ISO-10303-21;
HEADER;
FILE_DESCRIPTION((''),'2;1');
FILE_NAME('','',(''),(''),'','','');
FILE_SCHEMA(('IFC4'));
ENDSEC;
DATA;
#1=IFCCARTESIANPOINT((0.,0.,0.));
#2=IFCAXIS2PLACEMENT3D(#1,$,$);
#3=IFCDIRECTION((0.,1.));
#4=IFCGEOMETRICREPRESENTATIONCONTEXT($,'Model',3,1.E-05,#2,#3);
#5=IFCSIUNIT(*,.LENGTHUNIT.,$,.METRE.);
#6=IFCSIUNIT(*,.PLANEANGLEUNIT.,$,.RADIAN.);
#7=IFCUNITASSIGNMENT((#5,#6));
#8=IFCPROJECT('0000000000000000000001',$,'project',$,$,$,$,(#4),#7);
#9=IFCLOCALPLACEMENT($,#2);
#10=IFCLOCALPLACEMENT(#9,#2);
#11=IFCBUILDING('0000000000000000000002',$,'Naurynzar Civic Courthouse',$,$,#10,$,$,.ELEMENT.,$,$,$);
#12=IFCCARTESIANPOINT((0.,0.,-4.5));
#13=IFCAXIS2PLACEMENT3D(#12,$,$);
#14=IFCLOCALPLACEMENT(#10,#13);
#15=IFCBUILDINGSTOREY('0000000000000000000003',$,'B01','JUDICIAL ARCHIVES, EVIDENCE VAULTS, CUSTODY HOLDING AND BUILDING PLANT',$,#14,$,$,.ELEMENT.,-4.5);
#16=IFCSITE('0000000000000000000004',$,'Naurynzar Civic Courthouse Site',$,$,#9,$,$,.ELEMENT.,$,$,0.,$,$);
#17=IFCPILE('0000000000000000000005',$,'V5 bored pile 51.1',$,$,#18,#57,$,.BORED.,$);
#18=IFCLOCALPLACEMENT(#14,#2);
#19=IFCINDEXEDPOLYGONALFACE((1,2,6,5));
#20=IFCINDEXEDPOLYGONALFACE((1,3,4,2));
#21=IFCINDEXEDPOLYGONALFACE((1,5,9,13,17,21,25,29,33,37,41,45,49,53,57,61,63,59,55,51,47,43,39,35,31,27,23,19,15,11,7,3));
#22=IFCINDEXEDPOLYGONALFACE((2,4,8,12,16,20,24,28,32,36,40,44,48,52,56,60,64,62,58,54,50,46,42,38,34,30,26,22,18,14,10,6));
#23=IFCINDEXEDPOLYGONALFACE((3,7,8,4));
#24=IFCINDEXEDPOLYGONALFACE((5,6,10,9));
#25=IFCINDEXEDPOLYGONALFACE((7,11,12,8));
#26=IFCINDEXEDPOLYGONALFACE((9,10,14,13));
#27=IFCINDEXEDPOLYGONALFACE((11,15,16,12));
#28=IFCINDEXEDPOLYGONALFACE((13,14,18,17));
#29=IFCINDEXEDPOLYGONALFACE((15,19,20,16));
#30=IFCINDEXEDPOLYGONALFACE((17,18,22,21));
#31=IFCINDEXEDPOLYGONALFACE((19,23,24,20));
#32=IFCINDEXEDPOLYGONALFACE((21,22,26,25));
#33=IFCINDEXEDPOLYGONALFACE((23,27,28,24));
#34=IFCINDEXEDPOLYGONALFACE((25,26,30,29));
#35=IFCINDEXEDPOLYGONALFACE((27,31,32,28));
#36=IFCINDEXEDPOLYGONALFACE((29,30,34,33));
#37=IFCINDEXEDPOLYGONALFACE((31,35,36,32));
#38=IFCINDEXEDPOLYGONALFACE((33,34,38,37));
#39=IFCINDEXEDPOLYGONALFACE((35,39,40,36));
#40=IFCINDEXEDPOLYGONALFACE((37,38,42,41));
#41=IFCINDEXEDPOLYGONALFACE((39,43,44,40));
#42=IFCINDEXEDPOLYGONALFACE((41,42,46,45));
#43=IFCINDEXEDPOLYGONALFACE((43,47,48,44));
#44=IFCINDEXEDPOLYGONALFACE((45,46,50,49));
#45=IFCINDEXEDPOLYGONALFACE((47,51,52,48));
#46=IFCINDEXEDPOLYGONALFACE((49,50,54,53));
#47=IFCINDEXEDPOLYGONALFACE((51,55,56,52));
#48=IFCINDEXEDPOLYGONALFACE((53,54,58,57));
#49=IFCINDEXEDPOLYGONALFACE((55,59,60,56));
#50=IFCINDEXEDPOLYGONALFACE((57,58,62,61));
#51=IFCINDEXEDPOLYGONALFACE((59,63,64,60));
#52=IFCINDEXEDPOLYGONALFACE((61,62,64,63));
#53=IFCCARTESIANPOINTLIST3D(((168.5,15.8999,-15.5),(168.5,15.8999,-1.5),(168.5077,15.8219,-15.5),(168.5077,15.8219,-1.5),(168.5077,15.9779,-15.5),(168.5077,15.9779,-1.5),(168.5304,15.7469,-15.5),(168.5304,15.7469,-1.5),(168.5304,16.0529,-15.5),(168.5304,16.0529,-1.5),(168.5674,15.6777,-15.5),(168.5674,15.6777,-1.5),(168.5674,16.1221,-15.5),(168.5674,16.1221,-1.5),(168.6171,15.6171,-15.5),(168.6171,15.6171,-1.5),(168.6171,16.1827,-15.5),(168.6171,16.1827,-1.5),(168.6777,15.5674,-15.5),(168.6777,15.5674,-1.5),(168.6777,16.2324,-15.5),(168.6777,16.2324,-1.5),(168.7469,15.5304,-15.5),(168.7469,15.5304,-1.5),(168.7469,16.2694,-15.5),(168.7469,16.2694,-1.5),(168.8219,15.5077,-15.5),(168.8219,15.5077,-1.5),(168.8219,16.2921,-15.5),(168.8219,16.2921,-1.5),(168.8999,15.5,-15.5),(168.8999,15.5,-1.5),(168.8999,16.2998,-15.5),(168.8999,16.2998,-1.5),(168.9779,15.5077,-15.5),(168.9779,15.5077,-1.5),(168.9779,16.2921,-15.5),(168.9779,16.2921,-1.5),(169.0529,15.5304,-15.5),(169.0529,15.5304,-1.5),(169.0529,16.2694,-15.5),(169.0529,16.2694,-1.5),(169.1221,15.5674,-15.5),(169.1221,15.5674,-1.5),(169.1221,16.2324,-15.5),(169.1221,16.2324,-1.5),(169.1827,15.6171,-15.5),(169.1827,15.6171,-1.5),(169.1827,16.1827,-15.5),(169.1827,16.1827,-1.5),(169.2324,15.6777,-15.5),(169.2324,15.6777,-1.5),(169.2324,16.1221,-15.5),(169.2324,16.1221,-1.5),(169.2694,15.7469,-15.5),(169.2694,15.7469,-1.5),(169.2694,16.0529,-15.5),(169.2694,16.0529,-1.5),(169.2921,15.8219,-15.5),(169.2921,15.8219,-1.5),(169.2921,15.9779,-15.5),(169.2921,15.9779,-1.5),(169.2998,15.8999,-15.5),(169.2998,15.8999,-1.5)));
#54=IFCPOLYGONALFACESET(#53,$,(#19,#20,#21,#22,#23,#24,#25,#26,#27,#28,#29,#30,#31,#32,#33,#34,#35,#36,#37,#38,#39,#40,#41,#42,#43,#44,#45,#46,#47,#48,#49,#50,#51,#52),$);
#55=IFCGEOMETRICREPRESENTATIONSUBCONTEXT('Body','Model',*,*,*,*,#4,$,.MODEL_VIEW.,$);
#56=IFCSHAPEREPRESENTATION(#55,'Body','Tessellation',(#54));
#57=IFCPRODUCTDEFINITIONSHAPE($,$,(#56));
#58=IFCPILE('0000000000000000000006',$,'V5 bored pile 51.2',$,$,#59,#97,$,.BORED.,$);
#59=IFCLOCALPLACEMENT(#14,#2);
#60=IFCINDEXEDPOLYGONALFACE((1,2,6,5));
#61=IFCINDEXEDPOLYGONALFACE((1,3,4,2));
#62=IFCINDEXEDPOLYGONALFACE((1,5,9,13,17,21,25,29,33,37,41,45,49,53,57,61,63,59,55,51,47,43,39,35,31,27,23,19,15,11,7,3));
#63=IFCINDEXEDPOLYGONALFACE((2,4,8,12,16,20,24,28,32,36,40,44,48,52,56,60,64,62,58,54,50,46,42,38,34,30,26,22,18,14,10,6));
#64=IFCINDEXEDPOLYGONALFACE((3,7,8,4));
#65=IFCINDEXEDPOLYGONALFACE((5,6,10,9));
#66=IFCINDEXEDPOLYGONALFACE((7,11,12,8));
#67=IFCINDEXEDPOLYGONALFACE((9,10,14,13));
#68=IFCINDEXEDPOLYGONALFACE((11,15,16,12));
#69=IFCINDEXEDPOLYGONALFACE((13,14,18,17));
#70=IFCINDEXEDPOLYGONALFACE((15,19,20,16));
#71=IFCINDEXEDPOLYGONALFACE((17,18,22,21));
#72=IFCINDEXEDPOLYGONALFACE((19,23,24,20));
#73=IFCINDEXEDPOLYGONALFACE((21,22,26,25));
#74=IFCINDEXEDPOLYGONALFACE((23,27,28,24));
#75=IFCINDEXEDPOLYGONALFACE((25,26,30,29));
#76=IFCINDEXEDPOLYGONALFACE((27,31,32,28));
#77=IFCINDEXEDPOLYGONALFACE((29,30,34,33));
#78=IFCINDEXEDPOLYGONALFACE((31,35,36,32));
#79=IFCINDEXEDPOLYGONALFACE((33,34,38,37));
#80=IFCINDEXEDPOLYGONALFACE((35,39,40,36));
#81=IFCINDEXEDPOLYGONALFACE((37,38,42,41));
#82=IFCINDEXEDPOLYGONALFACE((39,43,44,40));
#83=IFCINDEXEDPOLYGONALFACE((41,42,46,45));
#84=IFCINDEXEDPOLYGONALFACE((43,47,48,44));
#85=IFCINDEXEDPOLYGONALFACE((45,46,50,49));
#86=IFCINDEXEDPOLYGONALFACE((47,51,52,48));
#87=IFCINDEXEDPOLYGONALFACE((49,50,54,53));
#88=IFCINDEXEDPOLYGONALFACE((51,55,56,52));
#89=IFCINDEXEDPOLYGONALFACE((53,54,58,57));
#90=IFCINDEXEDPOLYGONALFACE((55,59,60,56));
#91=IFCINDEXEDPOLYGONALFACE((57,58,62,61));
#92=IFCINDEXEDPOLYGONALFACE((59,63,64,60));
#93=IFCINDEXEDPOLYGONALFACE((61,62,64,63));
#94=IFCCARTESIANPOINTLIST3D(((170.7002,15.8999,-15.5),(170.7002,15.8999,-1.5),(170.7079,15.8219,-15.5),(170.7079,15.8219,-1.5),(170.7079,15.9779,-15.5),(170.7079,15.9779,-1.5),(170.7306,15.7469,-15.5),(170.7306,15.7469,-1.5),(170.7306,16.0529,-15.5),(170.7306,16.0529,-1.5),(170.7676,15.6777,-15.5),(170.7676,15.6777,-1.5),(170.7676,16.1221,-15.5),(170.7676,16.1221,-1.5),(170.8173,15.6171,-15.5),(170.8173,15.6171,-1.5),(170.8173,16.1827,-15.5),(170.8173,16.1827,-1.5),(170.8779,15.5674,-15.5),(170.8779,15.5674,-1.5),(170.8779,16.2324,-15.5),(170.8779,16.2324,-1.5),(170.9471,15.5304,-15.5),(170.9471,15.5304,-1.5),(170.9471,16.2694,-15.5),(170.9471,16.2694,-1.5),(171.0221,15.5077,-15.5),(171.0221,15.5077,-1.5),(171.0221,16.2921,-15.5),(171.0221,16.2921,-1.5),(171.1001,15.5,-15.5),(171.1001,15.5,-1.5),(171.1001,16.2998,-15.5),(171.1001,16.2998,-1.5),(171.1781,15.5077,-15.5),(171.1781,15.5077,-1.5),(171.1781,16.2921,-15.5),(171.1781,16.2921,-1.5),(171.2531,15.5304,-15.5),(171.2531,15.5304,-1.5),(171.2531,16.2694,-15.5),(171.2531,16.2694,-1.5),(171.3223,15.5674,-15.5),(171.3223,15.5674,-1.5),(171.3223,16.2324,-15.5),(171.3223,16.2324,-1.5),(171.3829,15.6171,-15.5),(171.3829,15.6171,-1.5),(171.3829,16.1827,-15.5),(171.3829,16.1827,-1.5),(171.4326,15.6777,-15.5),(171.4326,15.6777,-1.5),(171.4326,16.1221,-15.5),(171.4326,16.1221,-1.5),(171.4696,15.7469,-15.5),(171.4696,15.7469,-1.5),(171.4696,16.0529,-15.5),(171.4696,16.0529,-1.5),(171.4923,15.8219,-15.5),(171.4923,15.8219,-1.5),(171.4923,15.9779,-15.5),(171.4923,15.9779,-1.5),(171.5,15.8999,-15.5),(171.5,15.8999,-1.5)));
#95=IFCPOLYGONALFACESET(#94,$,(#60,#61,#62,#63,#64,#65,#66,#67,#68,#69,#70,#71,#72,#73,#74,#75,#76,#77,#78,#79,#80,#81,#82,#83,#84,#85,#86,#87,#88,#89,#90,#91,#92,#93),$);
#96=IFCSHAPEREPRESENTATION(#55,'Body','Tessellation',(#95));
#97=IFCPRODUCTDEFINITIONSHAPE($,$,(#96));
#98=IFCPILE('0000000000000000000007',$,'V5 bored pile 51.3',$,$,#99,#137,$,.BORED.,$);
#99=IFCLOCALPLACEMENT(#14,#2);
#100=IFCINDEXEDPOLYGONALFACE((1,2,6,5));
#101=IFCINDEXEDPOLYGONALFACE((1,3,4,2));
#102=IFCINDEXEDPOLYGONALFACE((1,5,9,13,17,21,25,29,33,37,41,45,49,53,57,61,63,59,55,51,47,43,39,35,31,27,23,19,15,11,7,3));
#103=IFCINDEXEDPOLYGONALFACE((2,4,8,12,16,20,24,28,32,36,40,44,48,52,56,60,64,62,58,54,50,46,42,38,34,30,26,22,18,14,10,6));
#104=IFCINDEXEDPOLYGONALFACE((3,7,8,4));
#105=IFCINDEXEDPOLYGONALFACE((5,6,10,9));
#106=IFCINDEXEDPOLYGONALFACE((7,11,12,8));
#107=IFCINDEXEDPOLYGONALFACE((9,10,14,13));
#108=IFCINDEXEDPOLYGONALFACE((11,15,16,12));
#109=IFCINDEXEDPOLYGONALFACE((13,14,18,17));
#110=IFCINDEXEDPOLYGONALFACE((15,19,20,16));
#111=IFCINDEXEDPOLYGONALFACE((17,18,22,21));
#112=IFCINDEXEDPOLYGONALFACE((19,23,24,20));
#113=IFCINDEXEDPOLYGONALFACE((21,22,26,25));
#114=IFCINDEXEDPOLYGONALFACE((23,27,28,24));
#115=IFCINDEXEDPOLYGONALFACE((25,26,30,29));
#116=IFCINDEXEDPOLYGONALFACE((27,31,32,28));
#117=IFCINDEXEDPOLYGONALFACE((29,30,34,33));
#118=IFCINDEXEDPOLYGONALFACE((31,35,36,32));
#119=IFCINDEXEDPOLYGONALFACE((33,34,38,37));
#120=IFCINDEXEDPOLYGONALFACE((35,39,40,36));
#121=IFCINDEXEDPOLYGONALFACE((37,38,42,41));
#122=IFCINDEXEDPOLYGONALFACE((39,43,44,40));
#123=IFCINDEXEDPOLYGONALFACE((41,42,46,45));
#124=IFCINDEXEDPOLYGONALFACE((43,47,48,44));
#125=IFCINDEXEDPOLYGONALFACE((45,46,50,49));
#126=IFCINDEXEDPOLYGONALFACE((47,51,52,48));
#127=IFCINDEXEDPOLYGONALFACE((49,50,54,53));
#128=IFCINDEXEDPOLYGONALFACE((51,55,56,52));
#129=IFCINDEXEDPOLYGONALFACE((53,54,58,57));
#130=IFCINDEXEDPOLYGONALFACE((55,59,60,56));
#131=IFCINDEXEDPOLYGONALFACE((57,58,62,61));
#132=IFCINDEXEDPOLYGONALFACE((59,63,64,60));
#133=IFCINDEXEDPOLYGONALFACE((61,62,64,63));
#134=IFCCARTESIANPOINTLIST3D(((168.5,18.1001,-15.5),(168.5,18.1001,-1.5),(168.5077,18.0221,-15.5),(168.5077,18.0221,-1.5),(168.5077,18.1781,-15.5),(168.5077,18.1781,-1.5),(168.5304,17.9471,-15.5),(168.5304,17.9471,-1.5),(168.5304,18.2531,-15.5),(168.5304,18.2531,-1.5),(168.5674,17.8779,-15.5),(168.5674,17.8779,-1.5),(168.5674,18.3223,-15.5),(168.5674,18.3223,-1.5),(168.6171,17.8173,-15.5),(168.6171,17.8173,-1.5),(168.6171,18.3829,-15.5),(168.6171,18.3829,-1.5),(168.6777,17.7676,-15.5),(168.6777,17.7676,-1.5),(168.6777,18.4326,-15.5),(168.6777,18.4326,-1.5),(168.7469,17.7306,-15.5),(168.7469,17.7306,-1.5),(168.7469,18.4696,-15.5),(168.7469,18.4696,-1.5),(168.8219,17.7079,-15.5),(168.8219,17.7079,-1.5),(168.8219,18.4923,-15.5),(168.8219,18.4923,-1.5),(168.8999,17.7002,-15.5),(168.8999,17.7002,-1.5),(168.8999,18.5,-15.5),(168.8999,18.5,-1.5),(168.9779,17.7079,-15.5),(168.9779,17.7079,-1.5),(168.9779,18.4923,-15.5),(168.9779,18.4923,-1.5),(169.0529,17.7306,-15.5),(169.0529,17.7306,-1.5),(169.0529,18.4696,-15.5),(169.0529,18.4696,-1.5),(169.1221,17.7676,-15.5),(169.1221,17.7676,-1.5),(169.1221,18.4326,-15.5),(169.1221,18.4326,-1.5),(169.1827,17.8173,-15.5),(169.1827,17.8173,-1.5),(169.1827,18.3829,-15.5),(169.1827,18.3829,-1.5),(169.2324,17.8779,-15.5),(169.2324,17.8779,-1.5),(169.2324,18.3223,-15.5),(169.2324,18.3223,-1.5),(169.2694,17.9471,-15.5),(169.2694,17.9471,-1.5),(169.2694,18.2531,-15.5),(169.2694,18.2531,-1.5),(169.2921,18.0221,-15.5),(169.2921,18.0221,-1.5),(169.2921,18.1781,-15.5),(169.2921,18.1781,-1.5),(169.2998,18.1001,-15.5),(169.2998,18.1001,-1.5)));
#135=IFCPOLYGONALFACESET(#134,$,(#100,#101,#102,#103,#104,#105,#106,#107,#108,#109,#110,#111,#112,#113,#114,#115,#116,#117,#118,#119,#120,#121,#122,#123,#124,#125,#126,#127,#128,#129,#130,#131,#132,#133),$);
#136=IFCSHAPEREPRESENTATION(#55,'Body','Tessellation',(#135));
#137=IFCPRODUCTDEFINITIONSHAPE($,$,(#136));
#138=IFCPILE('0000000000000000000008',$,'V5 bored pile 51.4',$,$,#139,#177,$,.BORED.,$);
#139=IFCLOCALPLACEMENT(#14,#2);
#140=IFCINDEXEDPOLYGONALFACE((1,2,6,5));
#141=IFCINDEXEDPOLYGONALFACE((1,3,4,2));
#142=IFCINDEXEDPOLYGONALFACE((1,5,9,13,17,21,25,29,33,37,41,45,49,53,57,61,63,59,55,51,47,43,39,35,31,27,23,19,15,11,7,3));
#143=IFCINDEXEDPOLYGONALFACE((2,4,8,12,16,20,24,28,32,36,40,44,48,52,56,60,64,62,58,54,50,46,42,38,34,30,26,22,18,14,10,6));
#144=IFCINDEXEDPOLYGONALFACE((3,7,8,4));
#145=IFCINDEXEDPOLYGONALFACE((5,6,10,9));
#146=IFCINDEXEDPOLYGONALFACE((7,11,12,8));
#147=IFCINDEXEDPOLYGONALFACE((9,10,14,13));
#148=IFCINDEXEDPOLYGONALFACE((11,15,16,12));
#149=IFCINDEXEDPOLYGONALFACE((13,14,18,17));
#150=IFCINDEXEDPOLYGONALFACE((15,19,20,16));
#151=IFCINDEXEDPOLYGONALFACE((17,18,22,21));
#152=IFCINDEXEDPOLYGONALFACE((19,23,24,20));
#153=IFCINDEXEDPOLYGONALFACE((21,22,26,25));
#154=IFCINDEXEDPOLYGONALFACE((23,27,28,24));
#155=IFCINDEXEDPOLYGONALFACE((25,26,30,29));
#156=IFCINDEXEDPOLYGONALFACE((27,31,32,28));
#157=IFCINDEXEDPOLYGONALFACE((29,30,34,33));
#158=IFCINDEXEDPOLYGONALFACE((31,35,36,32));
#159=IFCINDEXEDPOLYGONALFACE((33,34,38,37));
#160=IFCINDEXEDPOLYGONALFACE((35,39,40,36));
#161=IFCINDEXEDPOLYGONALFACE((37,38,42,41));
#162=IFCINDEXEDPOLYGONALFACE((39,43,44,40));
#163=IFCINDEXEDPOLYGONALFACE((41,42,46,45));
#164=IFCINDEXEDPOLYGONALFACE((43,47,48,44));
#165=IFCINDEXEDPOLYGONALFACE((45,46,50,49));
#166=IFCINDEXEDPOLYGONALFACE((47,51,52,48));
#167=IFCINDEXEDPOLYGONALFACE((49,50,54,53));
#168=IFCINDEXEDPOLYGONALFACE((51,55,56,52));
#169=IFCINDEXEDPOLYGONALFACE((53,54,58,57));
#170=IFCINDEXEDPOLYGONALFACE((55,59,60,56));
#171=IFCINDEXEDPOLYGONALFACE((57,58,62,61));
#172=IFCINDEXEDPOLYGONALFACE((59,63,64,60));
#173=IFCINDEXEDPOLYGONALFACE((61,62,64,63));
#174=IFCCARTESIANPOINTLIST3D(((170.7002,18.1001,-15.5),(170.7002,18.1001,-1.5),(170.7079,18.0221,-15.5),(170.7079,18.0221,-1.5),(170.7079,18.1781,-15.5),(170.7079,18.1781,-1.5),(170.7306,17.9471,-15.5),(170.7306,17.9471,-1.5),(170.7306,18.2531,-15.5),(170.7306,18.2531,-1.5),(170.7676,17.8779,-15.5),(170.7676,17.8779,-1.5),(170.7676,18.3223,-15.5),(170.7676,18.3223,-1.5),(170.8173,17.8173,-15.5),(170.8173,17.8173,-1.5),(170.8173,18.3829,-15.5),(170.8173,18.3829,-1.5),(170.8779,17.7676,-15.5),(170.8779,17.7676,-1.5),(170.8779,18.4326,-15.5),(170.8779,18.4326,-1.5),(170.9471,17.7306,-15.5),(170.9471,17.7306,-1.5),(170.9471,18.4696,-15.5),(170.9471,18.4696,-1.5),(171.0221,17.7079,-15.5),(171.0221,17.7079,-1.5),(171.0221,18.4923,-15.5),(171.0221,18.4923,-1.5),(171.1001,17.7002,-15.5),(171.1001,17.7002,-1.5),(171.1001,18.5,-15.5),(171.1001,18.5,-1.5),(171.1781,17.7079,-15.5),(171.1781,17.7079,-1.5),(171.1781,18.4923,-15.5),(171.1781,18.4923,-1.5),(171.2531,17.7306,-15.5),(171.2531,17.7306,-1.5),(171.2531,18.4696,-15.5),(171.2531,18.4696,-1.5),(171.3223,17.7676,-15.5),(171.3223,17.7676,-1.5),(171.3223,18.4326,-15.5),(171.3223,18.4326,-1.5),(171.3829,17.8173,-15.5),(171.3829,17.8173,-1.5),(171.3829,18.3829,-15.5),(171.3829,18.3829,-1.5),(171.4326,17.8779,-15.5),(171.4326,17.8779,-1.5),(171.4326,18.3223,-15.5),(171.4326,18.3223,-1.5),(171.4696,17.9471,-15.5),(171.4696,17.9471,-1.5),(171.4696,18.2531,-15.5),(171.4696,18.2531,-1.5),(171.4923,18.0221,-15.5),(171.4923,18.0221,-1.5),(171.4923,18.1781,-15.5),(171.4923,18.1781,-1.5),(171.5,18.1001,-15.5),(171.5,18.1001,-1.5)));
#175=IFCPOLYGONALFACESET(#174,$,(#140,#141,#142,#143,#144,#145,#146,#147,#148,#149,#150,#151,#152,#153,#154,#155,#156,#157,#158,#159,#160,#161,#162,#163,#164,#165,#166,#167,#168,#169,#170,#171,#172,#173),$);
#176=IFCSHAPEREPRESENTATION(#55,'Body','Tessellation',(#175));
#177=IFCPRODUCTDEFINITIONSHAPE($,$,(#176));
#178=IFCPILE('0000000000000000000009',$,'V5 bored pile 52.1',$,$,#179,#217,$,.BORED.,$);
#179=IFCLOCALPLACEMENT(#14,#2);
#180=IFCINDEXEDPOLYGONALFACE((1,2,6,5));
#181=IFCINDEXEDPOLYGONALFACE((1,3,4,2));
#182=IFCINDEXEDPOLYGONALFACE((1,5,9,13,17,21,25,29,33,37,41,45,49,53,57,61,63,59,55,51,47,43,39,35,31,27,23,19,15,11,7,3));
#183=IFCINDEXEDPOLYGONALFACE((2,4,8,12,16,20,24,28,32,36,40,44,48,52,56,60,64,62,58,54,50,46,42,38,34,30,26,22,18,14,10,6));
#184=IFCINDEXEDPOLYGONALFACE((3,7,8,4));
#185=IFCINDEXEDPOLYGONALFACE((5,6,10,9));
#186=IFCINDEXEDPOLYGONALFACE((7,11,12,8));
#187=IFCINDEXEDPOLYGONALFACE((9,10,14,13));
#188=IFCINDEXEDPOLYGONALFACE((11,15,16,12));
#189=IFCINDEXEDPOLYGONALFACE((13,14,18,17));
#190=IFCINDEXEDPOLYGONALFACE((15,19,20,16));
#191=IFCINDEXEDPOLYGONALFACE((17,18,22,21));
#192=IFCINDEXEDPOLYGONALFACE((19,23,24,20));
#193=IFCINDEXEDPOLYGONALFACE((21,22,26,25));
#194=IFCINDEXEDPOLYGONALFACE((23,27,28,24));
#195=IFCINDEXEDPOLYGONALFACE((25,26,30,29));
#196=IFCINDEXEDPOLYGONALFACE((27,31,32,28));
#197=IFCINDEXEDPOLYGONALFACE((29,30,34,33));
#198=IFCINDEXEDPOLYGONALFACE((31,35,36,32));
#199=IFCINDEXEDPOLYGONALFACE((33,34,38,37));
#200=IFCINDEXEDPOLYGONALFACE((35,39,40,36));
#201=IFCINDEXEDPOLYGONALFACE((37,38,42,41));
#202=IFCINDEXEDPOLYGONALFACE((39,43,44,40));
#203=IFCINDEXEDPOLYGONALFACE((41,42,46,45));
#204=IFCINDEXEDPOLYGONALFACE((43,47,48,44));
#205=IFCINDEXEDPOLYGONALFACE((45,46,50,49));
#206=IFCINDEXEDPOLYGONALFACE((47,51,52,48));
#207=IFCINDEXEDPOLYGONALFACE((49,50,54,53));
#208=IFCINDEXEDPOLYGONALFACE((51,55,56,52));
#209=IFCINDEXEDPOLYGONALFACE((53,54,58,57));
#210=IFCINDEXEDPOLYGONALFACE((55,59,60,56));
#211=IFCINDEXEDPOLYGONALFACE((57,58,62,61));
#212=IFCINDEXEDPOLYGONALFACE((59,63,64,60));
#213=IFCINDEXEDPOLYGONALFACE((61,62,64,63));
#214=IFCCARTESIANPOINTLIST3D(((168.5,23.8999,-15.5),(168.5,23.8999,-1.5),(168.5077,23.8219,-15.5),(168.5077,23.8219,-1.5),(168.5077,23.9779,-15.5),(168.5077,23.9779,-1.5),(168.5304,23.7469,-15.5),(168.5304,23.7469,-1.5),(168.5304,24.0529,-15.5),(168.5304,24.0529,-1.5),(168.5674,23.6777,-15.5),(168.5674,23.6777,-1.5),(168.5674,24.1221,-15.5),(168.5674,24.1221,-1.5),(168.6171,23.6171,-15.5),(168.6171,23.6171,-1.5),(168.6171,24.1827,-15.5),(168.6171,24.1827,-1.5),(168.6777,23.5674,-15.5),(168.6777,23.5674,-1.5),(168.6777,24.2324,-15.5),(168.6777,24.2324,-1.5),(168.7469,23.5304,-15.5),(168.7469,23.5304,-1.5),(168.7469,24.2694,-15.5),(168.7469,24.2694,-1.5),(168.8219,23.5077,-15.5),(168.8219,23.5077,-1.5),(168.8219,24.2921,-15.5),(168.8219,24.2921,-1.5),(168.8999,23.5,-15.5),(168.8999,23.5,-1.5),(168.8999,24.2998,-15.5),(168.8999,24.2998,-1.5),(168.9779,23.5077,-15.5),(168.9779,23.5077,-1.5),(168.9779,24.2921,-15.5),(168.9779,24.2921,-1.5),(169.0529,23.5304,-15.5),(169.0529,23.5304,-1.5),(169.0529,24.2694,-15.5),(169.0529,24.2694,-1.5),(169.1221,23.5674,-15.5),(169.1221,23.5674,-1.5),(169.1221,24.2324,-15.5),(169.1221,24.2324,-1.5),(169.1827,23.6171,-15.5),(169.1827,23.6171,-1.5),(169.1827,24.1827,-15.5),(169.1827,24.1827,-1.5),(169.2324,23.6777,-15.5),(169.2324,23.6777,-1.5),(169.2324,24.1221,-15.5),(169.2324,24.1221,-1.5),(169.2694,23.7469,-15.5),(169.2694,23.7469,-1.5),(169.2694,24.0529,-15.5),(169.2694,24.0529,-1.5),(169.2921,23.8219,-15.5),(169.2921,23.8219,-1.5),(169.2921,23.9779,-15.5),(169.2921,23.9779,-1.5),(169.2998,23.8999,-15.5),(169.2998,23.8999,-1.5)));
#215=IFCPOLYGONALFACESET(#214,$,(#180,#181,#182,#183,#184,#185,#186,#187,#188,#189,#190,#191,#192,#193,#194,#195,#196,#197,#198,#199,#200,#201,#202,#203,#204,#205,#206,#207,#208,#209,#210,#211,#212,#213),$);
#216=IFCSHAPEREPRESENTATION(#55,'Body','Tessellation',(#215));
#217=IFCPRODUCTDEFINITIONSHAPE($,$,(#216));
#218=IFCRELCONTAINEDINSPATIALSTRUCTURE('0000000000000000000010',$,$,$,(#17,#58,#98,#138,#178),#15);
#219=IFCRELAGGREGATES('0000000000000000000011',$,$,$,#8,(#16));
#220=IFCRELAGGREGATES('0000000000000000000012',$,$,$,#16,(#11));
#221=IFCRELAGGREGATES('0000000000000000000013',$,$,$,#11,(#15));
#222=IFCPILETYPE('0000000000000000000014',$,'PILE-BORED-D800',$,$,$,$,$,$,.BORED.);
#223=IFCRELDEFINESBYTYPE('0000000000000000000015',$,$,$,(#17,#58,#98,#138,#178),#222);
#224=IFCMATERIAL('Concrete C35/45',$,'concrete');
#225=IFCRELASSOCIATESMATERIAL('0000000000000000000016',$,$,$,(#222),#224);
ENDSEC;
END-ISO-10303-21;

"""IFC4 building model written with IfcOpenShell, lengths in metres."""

from ifc_helpers import new_model, si_unit, direction, frame, origin, origin_2d, place, context, subcontext, project, spatial, circle, extrude, material, material_profile, profile_set, type_object, element, save


model = new_model("IFC4")

# Units and contexts
model_context = context("Model", 3, precision=1e-05, world=origin(), true_north=direction((0.0, 1.0)))
body_context = subcontext(model_context, "Body", "Model", "MODEL_VIEW")
ifc_project = project(units=[si_unit("LENGTHUNIT", "METRE"), si_unit("PLANEANGLEUNIT", "RADIAN")], contexts=[model_context])

# Site, building, storey
site_placement = place(None, origin())
site = spatial("IfcSite", under=ifc_project, at=site_placement, Name="Naurynzar Civic Courthouse Site", CompositionType="ELEMENT", RefElevation=0.0)
building_placement = place(site_placement, origin())
building = spatial("IfcBuilding", under=site, at=building_placement, Name="Naurynzar Civic Courthouse", CompositionType="ELEMENT")
storey_placement = place(building_placement, frame((0.0, 0.0, -4.5)))
storey = spatial("IfcBuildingStorey", under=building, at=storey_placement, Name="B01", Description="JUDICIAL ARCHIVES, EVIDENCE VAULTS, CUSTODY HOLDING AND BUILDING PLANT", CompositionType="ELEMENT", Elevation=-4.5)

# Piles
ifc_material_1 = material(Name="Concrete C35/45", Category="concrete")
ifc_material_profile_1 = material_profile(ifc_material_1, circle(Radius=0.3999, at=origin_2d()), Name="PILE D800")
ifc_profile_set_1 = profile_set([ifc_material_profile_1], Name="Concrete C35/45")
pile_type_1 = type_object("IfcPileType", Name="PILE-BORED-D800", PredefinedType="BORED", material=ifc_profile_set_1)
for number, where, z_axis, x_axis, name in (
    (1, (168.8999, 15.8999, -1.5), (0.0, 0.0, -1.0), (1.0, 0.0, 0.0), "V5 bored pile 51.1"),
    (2, (171.1001, 15.8999, -1.5), (0.0, 0.0, -1.0), (1.0, 0.0, 0.0), "V5 bored pile 51.2"),
    (3, (168.8999, 18.1001, -1.5), (0.0, 0.0, -1.0), (1.0, 0.0, 0.0), "V5 bored pile 51.3"),
    (4, (171.1001, 18.1001, -1.5), (0.0, 0.0, -1.0), (1.0, 0.0, 0.0), "V5 bored pile 51.4"),
    (5, (168.8999, 23.8999, -1.5), (0.0, 0.0, -1.0), (1.0, 0.0, 0.0), "V5 bored pile 52.1"),
):
    element("IfcPile", number, at=place(storey_placement, frame(where, z_axis=z_axis, x_axis=x_axis)), inside=storey, type_object=pile_type_1, Name=name, PredefinedType="BORED", context=body_context, shape_type="SweptSolid", body=[
        extrude(circle(Radius=0.3999, at=origin_2d()), origin(), (0.0, 0.0, 1.0), 14.0),
    ])

save(model, "model.ifc")
